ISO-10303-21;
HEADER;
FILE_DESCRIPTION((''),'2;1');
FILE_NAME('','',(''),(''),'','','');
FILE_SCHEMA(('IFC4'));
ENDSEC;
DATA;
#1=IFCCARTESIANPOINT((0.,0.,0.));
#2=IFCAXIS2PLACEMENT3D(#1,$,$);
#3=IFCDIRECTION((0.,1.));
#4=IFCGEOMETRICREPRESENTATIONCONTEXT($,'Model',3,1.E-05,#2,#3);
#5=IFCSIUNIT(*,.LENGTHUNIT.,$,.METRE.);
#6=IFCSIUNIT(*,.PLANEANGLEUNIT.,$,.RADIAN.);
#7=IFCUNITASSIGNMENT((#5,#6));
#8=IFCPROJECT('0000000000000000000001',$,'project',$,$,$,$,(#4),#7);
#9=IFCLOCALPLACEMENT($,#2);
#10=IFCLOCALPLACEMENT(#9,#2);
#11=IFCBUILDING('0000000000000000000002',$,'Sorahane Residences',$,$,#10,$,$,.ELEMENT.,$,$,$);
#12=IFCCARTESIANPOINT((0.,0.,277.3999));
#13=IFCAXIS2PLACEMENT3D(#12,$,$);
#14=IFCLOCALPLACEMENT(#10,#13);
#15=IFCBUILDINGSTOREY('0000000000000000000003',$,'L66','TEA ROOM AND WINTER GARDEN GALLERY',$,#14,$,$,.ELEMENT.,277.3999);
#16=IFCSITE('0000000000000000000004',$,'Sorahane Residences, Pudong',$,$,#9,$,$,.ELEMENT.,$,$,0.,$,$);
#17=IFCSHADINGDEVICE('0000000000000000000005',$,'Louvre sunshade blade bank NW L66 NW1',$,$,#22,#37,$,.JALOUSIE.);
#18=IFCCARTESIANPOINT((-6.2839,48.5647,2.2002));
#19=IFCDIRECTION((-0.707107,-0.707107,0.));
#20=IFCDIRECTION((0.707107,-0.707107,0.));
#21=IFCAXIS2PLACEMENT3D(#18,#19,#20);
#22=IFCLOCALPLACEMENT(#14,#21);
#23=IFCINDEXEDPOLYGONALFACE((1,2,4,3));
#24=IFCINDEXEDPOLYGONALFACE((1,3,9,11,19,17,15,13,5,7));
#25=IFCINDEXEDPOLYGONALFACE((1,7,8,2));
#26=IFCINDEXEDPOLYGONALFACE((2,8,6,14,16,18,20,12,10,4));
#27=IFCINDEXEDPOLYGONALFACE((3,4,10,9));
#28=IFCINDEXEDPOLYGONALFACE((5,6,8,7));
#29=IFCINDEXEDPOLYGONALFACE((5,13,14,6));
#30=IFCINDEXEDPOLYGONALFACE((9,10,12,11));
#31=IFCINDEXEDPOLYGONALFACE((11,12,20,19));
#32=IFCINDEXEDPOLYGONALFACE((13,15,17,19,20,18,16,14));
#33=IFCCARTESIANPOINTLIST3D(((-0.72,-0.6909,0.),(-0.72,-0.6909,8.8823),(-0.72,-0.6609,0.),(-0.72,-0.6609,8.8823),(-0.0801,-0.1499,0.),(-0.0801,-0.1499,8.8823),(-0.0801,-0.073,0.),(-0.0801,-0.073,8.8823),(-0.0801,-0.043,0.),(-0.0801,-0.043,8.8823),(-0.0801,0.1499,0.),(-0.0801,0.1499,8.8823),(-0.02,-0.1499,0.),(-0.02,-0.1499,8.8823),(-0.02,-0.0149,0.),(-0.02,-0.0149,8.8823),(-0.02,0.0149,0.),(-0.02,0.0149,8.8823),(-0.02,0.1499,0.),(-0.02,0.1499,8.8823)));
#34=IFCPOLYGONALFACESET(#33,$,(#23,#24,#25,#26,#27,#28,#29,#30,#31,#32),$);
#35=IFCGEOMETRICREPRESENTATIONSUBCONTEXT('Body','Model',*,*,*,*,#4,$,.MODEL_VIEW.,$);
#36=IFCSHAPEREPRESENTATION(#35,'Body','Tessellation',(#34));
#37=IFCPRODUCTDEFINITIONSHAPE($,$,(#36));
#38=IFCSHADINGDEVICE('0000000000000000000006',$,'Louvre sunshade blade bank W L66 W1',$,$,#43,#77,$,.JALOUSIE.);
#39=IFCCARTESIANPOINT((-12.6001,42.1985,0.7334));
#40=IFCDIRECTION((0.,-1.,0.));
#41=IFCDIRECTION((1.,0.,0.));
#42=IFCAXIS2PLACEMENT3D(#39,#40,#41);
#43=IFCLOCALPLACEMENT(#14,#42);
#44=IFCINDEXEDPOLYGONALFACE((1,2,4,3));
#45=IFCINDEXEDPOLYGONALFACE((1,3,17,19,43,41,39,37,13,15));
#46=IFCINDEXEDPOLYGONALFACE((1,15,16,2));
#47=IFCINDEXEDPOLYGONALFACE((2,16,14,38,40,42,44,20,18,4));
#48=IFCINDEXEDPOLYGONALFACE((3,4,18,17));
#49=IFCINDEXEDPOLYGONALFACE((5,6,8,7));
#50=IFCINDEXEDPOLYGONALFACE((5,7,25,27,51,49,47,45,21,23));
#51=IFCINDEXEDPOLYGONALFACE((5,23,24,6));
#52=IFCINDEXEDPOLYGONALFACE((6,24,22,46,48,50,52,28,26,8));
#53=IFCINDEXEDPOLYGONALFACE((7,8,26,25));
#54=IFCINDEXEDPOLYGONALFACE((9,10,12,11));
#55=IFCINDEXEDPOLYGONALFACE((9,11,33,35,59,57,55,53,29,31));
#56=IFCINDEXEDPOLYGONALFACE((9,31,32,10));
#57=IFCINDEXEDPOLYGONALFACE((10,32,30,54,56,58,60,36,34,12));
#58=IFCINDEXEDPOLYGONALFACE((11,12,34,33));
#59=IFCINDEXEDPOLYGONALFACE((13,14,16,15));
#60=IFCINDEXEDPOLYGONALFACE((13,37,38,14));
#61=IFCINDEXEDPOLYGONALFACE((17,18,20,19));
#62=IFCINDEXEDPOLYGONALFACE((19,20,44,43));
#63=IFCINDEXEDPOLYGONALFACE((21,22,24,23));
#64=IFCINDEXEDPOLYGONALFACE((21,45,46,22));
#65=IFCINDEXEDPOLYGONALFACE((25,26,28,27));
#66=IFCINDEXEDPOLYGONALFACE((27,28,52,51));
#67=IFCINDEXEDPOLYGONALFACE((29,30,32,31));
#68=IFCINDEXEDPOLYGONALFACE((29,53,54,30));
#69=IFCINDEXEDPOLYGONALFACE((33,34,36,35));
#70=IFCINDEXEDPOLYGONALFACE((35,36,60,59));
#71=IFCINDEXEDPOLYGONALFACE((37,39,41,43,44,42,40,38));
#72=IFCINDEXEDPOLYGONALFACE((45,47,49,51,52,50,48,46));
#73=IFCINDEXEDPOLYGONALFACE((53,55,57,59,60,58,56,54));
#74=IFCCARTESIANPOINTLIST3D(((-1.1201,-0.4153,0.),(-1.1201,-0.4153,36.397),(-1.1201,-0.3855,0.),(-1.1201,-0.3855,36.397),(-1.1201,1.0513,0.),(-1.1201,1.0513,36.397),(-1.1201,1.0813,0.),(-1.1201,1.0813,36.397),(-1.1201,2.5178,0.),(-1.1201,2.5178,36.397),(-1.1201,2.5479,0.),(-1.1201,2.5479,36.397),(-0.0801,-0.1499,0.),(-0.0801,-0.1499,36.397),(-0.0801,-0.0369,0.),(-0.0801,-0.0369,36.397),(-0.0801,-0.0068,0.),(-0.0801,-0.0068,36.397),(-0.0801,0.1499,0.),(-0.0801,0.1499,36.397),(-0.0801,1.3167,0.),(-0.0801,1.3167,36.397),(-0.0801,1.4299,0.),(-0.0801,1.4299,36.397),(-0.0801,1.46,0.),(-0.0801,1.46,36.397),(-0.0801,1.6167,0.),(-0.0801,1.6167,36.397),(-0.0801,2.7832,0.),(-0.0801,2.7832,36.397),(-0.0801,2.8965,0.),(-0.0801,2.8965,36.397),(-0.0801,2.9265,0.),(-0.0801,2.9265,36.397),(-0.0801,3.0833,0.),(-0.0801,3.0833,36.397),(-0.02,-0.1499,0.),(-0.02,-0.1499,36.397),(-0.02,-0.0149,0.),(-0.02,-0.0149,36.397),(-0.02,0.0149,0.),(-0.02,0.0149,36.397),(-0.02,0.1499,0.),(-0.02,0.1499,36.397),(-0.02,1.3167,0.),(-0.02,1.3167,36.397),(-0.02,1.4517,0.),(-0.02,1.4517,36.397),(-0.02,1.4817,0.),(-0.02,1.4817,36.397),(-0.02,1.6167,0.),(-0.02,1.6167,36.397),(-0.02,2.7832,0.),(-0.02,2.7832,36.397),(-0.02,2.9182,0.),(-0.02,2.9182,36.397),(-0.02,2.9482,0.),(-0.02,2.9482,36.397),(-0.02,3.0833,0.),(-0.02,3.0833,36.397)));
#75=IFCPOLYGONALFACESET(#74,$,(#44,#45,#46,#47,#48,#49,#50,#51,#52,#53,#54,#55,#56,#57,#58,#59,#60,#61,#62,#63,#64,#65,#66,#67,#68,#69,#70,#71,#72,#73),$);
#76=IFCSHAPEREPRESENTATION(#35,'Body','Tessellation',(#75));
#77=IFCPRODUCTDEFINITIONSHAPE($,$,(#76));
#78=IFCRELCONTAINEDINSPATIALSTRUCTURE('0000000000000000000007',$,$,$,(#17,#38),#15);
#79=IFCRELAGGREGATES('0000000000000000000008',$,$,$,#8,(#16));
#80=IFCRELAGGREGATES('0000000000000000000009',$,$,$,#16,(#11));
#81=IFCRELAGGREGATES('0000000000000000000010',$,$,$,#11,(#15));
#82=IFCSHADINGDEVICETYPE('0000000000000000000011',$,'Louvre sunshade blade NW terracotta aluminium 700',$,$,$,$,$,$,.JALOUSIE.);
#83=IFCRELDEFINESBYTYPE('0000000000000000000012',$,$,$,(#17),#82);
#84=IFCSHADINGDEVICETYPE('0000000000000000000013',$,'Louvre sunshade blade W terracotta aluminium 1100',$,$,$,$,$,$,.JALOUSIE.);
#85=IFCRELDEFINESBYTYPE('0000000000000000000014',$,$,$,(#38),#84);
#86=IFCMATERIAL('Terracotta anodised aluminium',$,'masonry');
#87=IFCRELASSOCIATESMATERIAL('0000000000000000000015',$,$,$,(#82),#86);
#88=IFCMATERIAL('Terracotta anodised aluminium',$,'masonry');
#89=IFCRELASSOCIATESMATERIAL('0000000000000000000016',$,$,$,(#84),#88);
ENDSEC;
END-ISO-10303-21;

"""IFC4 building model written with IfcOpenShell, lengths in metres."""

from ifc_helpers import new_model, si_unit, direction, frame, origin, place, context, subcontext, project, spatial, polyline, outline, composite_profile, extrude, material, type_object, element, save


model = new_model("IFC4")

# Units and contexts
model_context = context("Model", 3, precision=1e-05, world=origin(), true_north=direction((0.0, 1.0)))
body_context = subcontext(model_context, "Body", "Model", "MODEL_VIEW")
ifc_project = project(units=[si_unit("LENGTHUNIT", "METRE"), si_unit("PLANEANGLEUNIT", "RADIAN")], contexts=[model_context])

# Site, building, storey
site_placement = place(None, origin())
site = spatial("IfcSite", under=ifc_project, at=site_placement, Name="Sorahane Residences, Pudong", CompositionType="ELEMENT", RefElevation=0.0)
building_placement = place(site_placement, origin())
building = spatial("IfcBuilding", under=site, at=building_placement, Name="Sorahane Residences", CompositionType="ELEMENT")
storey_placement = place(building_placement, frame((0.0, 0.0, 277.3999)))
storey = spatial("IfcBuildingStorey", under=building, at=storey_placement, Name="L66", Description="TEA ROOM AND WINTER GARDEN GALLERY", CompositionType="ELEMENT", Elevation=277.3999)

# Shading devices
ifc_material_1 = material(Name="Terracotta anodised aluminium", Category="masonry")
shading_device_type_1 = type_object("IfcShadingDeviceType", Name="Louvre sunshade blade NW terracotta aluminium 700", PredefinedType="JALOUSIE", material=ifc_material_1)
shading_device_1_placement = place(storey_placement, frame((-6.2839, 48.5647, 2.2002), z_axis=(-0.707107, -0.707107, 0.0), x_axis=(0.707107, -0.707107, 0.0)))
element("IfcShadingDevice", 1, at=shading_device_1_placement, inside=storey, type_object=shading_device_type_1, Name="Louvre sunshade blade bank NW L66 NW1", PredefinedType="JALOUSIE", context=body_context, shape_type="SweptSolid", body=[
    extrude(outline(polyline([(-0.72, -0.6609), (-0.72, -0.6909), (-0.0801, -0.073), (-0.0801, -0.1499), (-0.02, -0.1499), (-0.02, -0.0149), (-0.02, 0.0149), (-0.02, 0.1499), (-0.0801, 0.1499), (-0.0801, -0.043), (-0.72, -0.6609)])), origin(), (0.0, 0.0, 1.0), 8.8823),
])
ifc_material_2 = material(Name="Terracotta anodised aluminium", Category="masonry")
shading_device_type_2 = type_object("IfcShadingDeviceType", Name="Louvre sunshade blade W terracotta aluminium 1100", PredefinedType="JALOUSIE", material=ifc_material_2)
shading_device_2_placement = place(storey_placement, frame((-12.6001, 42.1985, 0.7334), z_axis=(0.0, -1.0, 0.0), x_axis=(1.0, 0.0, 0.0)))
element("IfcShadingDevice", 2, at=shading_device_2_placement, inside=storey, type_object=shading_device_type_2, Name="Louvre sunshade blade bank W L66 W1", PredefinedType="JALOUSIE", context=body_context, shape_type="SweptSolid", body=[
    extrude(composite_profile([outline(polyline([(-1.1201, -0.3855), (-1.1201, -0.4153), (-0.0801, -0.0369), (-0.0801, -0.1499), (-0.02, -0.1499), (-0.02, -0.0149), (-0.02, 0.0149), (-0.02, 0.1499), (-0.0801, 0.1499), (-0.0801, -0.0068), (-1.1201, -0.3855)])), outline(polyline([(-1.1201, 1.0813), (-1.1201, 1.0513), (-0.0801, 1.4299), (-0.0801, 1.3167), (-0.02, 1.3167), (-0.02, 1.4517), (-0.02, 1.4817), (-0.02, 1.6167), (-0.0801, 1.6167), (-0.0801, 1.46), (-1.1201, 1.0813)])), outline(polyline([(-1.1201, 2.5479), (-1.1201, 2.5178), (-0.0801, 2.8965), (-0.0801, 2.7832), (-0.02, 2.7832), (-0.02, 2.9182), (-0.02, 2.9482), (-0.02, 3.0833), (-0.0801, 3.0833), (-0.0801, 2.9265), (-1.1201, 2.5479)]))]), origin(), (0.0, 0.0, 1.0), 36.397),
])

save(model, "model.ifc")
